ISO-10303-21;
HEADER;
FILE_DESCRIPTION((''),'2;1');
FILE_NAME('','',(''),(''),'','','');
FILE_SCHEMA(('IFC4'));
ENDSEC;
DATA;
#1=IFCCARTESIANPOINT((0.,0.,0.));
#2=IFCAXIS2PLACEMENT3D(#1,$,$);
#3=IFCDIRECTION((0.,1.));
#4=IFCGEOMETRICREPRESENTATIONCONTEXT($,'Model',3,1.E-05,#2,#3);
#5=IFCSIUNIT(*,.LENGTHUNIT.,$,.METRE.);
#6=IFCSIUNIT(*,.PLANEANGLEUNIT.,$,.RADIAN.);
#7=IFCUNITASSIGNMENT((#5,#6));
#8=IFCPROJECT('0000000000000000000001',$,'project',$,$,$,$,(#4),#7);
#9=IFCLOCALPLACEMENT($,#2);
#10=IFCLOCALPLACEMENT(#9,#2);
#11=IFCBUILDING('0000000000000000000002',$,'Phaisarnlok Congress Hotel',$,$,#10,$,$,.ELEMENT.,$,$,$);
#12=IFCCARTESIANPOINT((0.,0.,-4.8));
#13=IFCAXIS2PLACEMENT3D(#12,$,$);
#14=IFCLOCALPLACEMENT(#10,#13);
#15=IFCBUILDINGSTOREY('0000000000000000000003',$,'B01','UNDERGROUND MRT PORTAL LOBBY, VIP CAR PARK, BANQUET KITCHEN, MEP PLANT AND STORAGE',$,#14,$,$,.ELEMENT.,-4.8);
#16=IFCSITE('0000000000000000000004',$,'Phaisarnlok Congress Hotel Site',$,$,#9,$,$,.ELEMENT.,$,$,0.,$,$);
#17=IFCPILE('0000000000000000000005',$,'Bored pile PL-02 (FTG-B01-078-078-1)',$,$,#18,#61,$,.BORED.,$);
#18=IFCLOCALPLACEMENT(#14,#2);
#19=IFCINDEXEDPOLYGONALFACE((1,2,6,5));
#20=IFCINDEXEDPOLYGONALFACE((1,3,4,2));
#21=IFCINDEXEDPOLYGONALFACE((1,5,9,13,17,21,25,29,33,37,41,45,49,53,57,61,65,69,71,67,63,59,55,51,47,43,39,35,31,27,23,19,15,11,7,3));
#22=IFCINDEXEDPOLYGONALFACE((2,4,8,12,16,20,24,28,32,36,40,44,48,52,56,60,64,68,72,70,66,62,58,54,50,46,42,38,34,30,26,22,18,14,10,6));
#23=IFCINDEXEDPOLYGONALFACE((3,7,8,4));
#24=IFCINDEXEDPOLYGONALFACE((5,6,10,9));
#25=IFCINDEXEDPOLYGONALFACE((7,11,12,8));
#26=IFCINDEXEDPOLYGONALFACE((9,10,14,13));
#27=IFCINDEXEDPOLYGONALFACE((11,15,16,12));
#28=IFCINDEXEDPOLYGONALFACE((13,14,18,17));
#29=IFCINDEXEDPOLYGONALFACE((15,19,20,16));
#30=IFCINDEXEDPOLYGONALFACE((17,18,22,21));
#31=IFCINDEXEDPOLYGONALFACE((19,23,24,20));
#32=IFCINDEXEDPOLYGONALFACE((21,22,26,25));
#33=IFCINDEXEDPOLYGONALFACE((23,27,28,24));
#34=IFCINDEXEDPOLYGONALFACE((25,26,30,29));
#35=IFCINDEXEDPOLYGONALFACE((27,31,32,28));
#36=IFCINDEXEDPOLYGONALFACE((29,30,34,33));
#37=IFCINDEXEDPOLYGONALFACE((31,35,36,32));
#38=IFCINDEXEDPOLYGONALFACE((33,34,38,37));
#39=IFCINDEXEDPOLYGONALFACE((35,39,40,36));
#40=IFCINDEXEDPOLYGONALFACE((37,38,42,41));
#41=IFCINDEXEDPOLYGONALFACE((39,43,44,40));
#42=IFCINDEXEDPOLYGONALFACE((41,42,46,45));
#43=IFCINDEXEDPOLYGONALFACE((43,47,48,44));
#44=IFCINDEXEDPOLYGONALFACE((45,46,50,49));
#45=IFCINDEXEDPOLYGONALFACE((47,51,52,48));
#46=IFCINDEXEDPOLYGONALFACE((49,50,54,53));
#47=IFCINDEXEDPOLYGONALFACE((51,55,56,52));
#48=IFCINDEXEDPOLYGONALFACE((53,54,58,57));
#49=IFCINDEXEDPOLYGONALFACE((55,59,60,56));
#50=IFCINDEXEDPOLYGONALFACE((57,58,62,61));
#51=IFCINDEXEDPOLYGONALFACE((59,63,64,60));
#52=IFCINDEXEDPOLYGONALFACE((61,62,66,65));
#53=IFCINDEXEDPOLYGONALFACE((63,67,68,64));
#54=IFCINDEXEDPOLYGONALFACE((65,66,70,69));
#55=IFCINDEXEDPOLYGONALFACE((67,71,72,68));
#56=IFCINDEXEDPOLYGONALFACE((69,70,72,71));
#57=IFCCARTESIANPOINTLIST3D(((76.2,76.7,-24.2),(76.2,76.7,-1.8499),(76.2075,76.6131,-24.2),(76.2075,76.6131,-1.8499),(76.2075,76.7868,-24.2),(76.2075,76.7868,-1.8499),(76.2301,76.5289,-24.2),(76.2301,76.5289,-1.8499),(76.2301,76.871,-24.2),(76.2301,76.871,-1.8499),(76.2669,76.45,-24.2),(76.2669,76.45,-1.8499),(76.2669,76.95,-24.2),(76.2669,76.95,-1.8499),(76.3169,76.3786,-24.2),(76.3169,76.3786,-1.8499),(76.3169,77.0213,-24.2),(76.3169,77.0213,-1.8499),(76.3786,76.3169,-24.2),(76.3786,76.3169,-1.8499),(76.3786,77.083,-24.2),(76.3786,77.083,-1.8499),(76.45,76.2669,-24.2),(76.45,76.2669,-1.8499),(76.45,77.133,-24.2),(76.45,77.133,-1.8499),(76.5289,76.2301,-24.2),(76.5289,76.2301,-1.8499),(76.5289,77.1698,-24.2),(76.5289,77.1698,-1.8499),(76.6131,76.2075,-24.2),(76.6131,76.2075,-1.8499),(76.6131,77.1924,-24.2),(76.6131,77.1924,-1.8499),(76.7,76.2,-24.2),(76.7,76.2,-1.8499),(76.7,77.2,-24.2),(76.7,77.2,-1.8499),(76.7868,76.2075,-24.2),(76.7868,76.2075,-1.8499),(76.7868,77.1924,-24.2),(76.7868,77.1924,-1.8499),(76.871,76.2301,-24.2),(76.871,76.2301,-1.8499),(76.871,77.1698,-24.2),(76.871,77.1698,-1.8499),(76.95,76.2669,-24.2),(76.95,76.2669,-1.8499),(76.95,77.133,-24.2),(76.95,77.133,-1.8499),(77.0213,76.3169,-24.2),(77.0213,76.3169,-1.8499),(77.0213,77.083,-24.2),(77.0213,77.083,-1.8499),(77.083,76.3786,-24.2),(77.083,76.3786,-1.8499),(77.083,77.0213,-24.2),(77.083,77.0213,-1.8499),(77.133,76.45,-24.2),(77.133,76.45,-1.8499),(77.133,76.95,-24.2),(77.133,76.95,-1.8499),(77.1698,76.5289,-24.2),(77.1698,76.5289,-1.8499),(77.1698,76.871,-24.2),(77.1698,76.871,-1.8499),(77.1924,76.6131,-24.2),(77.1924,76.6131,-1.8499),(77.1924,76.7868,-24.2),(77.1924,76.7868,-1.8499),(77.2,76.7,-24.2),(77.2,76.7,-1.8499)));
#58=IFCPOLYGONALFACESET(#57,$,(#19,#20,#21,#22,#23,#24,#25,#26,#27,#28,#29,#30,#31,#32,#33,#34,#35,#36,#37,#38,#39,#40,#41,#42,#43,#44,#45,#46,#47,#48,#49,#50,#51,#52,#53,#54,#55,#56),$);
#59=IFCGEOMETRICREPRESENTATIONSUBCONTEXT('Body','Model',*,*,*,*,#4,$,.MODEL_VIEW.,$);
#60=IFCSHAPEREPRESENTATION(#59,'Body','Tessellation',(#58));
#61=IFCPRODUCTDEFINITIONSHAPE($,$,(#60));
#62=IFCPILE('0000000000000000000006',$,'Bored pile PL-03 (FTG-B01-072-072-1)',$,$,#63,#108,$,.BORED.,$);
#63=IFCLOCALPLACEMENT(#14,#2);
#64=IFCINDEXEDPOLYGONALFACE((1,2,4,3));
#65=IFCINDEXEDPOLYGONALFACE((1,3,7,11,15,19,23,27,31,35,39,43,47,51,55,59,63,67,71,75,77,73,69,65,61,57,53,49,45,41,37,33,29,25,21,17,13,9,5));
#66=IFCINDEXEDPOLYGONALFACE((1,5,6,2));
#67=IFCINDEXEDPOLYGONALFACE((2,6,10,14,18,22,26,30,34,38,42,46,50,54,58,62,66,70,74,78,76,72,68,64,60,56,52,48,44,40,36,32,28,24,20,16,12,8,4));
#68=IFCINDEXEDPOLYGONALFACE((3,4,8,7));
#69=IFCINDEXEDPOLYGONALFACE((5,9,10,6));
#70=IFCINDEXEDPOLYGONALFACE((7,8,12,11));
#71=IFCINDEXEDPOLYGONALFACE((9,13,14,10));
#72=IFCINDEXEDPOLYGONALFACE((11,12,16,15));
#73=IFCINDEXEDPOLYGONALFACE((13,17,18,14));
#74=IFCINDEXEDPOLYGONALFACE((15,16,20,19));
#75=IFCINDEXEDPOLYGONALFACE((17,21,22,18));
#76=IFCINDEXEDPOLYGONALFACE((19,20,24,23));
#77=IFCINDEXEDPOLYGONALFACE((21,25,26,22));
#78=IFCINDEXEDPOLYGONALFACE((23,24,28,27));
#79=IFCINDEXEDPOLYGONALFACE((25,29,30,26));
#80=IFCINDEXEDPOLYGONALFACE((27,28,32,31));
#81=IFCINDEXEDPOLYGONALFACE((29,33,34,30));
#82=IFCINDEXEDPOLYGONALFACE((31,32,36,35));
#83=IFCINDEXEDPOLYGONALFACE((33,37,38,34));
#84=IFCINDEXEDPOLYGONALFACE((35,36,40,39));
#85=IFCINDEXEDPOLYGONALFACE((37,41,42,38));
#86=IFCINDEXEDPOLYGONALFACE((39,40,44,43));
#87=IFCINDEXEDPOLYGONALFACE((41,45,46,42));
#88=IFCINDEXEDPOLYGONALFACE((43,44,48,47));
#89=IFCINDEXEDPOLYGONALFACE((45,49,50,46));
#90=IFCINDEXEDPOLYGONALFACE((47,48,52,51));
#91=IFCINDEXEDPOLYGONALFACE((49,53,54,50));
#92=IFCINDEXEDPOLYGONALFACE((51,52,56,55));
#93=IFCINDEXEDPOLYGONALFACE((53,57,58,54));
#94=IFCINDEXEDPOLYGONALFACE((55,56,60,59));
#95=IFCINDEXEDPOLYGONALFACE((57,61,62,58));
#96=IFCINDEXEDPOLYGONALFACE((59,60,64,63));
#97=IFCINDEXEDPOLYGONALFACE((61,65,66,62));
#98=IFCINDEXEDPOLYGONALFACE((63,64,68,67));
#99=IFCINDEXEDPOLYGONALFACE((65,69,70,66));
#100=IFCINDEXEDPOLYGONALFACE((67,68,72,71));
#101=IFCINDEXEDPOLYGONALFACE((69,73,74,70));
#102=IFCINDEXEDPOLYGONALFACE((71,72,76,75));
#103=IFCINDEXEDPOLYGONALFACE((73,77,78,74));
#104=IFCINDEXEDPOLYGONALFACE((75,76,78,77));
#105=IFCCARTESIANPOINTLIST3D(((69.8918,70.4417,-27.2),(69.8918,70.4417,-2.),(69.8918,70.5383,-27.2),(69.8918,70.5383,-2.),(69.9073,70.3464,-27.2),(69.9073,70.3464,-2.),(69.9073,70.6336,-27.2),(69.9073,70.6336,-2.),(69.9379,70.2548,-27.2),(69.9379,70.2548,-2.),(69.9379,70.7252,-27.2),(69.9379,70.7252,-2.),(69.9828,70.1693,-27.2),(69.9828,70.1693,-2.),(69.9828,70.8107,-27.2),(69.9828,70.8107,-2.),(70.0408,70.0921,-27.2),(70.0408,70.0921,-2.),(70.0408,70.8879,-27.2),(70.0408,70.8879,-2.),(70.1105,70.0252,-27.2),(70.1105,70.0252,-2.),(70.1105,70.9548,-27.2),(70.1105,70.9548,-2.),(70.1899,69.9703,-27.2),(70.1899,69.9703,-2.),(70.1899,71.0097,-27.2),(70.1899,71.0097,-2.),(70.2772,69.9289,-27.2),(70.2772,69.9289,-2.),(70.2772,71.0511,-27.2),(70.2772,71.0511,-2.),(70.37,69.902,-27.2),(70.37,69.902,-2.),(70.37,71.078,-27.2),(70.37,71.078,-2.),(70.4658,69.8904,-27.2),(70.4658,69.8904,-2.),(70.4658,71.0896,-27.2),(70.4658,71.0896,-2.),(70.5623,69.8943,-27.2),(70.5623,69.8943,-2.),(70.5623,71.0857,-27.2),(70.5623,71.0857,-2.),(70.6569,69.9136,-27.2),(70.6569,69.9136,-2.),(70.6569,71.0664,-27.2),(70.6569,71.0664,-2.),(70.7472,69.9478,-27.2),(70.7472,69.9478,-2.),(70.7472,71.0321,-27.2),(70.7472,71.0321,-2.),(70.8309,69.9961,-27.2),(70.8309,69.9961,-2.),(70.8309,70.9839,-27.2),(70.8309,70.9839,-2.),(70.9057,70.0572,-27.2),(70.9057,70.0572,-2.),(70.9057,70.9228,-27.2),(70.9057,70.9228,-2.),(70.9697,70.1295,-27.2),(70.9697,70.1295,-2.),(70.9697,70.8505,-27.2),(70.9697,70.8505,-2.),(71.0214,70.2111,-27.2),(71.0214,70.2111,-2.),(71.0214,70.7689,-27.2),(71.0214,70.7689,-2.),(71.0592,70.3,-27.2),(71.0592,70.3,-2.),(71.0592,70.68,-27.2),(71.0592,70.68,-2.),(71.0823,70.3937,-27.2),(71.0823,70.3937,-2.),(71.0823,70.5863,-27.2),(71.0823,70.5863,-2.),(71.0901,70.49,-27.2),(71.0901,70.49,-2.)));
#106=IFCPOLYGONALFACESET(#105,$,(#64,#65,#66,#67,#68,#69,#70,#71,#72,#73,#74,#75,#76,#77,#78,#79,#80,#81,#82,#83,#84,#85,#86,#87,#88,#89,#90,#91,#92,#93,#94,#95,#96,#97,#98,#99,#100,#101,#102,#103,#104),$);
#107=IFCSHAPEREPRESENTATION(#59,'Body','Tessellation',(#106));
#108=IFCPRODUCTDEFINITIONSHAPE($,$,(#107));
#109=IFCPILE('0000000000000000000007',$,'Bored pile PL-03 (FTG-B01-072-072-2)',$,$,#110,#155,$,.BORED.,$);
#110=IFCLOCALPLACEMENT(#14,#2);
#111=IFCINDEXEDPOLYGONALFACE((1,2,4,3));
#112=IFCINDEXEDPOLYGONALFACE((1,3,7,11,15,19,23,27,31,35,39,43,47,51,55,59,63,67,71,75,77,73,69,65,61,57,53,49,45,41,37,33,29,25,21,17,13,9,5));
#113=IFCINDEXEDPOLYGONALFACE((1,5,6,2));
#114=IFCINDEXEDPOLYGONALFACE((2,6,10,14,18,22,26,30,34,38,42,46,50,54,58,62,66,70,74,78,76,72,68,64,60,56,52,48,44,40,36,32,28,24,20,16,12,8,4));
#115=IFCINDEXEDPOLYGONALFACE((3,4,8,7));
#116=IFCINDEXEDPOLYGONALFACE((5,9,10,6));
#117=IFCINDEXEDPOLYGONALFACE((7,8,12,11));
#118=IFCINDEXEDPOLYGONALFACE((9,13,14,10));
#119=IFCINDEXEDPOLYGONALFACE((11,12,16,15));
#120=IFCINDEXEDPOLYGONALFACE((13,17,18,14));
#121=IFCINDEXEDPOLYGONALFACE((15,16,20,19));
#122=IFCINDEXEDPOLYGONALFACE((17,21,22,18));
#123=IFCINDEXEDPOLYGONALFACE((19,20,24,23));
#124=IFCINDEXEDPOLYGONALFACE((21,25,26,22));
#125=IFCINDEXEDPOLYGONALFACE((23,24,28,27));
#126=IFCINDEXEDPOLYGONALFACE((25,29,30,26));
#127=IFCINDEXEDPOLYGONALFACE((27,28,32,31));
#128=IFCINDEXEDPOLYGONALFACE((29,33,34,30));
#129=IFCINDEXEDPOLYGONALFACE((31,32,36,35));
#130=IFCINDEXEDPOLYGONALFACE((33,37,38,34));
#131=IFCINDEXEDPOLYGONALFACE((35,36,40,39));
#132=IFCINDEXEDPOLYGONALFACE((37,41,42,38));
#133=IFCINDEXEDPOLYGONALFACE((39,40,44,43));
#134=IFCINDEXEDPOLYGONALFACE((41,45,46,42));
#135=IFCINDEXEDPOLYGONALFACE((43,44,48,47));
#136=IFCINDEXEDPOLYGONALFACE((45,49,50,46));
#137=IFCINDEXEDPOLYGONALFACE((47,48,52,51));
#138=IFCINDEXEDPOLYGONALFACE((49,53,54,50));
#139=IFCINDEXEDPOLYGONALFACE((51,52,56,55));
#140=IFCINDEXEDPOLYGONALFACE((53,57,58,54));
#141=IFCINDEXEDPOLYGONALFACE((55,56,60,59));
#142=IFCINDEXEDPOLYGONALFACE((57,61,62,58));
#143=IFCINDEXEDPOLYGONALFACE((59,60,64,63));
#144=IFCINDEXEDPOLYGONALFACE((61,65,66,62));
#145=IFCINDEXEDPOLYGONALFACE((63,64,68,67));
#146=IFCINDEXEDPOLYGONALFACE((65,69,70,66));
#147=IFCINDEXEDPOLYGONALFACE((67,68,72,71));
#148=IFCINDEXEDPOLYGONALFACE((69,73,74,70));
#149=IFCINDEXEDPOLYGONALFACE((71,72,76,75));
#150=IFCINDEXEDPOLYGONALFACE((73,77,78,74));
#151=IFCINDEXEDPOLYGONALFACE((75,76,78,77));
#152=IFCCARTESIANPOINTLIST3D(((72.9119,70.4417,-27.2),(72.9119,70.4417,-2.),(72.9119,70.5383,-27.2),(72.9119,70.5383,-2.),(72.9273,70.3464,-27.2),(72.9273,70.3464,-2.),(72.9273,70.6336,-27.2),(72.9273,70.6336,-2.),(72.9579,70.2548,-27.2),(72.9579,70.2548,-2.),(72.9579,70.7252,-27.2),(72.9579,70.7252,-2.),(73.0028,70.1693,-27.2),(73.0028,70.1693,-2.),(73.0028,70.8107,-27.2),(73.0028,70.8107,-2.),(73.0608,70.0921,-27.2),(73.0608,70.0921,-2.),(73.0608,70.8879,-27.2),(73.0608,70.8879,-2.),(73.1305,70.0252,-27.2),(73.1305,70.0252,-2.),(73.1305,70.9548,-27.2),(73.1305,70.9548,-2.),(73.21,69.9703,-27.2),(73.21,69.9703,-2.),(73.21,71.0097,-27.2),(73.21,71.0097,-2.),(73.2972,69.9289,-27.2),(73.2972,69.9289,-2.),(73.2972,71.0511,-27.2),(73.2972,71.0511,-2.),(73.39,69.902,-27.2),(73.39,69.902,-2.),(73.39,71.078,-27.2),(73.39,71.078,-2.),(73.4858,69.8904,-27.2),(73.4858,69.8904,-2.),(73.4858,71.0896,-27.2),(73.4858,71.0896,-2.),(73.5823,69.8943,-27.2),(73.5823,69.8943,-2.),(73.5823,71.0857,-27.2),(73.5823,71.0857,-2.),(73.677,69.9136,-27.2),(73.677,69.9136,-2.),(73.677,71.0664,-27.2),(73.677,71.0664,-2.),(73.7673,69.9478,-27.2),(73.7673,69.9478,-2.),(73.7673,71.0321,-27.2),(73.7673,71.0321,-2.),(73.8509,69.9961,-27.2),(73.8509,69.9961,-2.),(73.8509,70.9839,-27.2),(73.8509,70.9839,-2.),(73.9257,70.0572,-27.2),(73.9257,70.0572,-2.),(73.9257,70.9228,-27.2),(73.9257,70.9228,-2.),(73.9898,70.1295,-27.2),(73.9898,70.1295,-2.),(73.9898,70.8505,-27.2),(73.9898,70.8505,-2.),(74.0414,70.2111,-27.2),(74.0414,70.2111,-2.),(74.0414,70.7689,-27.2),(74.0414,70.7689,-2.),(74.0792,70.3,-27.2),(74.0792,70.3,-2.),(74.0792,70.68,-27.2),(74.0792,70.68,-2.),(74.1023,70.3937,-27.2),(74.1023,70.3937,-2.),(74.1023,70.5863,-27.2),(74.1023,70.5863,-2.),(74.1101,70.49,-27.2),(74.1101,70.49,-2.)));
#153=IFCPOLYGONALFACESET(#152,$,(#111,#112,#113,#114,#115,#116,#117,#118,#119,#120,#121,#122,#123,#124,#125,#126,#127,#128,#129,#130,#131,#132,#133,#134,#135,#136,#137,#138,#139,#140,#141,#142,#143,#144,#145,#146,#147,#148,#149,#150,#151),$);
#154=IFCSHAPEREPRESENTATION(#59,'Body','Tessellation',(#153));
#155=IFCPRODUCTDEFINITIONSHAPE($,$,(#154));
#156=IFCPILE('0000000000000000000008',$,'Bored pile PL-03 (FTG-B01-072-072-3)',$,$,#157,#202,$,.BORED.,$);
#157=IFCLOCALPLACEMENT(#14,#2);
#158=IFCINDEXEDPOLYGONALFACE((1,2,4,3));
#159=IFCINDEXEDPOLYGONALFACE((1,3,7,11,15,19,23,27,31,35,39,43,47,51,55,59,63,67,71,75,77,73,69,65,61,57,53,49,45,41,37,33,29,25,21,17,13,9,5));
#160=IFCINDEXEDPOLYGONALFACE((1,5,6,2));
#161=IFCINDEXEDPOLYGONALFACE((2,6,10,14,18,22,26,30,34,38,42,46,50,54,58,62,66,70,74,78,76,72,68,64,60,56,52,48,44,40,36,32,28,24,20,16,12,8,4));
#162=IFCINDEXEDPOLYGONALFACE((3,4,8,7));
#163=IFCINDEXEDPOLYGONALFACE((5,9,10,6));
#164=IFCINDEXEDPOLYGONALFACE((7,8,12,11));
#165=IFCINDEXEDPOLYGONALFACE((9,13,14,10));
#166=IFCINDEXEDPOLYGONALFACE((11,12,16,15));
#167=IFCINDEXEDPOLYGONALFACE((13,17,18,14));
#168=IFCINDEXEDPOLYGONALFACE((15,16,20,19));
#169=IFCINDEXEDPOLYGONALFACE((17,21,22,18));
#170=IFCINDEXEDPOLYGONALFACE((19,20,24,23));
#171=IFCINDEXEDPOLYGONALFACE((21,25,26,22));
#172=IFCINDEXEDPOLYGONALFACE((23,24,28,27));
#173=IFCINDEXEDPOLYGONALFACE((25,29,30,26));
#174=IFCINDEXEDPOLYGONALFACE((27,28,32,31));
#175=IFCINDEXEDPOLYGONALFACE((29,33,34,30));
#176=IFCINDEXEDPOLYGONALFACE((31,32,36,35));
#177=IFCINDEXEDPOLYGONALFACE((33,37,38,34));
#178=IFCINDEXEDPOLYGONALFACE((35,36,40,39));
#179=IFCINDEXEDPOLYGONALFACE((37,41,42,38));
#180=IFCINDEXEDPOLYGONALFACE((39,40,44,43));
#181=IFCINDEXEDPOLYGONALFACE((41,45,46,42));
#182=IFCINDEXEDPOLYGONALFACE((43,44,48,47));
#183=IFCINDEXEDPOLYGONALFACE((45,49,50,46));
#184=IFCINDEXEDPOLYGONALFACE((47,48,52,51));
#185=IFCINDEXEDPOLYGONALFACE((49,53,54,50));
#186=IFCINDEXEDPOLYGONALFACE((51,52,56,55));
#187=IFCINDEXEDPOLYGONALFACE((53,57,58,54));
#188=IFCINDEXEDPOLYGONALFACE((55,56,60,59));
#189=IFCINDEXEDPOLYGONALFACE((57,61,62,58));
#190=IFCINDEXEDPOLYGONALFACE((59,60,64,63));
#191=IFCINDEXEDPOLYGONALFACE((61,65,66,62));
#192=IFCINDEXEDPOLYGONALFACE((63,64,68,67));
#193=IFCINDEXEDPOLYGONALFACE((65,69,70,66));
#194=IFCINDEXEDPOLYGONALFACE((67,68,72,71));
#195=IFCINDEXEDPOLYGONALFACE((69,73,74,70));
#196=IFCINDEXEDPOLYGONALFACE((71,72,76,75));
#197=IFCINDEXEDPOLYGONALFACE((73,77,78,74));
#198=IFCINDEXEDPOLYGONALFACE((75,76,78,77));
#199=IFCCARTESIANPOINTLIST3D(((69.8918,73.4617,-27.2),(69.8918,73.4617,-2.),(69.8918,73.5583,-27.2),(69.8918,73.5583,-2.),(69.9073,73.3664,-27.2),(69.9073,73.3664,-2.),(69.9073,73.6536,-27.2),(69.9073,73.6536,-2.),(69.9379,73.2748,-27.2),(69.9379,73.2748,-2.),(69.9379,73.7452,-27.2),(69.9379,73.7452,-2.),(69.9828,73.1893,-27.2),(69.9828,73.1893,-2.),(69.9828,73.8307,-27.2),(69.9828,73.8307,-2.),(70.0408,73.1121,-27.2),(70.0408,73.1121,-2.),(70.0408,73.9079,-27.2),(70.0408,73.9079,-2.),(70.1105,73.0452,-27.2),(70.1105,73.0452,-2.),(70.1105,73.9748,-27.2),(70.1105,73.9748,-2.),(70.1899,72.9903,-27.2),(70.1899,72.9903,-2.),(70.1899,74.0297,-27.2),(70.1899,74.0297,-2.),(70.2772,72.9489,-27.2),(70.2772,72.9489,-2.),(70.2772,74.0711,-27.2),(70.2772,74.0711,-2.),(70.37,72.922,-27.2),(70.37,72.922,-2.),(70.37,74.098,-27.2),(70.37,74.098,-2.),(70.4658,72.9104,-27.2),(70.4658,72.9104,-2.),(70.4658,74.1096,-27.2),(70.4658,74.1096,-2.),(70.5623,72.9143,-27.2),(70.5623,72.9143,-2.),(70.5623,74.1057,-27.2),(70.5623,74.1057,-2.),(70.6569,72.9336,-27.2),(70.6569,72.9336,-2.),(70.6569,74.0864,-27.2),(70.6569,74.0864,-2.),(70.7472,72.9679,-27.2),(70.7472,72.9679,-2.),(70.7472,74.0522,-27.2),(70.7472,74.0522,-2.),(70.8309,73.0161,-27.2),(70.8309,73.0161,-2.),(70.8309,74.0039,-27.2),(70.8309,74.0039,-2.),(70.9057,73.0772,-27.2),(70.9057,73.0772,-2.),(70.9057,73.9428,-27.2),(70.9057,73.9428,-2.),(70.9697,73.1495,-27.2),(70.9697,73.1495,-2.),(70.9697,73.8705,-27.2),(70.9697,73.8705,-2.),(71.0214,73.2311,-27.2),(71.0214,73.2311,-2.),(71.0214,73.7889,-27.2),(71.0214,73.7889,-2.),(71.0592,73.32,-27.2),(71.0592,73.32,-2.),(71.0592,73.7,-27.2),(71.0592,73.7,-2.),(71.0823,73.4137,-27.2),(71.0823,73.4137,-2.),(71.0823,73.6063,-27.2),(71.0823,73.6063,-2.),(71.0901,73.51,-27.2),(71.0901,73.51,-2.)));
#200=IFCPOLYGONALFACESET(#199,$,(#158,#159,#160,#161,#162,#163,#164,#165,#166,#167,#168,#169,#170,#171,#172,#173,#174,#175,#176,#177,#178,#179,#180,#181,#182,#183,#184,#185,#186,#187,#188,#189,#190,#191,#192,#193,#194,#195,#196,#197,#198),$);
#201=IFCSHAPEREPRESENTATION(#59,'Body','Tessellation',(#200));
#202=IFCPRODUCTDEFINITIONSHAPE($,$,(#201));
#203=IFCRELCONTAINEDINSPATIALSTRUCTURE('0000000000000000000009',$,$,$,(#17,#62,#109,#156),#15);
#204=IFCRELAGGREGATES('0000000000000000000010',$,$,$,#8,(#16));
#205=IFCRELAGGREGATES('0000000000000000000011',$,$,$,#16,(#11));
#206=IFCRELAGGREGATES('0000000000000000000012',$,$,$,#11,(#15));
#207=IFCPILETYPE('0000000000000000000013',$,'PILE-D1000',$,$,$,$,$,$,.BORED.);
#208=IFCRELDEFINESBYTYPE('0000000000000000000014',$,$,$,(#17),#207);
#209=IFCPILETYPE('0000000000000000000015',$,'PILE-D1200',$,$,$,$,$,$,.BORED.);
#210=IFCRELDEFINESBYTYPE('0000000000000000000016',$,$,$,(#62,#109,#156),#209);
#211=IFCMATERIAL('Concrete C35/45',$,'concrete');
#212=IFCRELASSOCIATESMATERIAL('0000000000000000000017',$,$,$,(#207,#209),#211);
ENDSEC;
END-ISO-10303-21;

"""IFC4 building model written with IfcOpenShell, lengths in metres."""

from ifc_helpers import new_model, si_unit, direction, frame, origin, origin_2d, place, context, subcontext, project, spatial, circle, extrude, material, material_profile, profile_set, type_object, element, save


model = new_model("IFC4")

# Units and contexts
model_context = context("Model", 3, precision=1e-05, world=origin(), true_north=direction((0.0, 1.0)))
body_context = subcontext(model_context, "Body", "Model", "MODEL_VIEW")
ifc_project = project(units=[si_unit("LENGTHUNIT", "METRE"), si_unit("PLANEANGLEUNIT", "RADIAN")], contexts=[model_context])

# Site, building, storey
site_placement = place(None, origin())
site = spatial("IfcSite", under=ifc_project, at=site_placement, Name="Phaisarnlok Congress Hotel Site", CompositionType="ELEMENT", RefElevation=0.0)
building_placement = place(site_placement, origin())
building = spatial("IfcBuilding", under=site, at=building_placement, Name="Phaisarnlok Congress Hotel", CompositionType="ELEMENT")
storey_placement = place(building_placement, frame((0.0, 0.0, -4.8)))
storey = spatial("IfcBuildingStorey", under=building, at=storey_placement, Name="B01", Description="UNDERGROUND MRT PORTAL LOBBY, VIP CAR PARK, BANQUET KITCHEN, MEP PLANT AND STORAGE", CompositionType="ELEMENT", Elevation=-4.8)

# Piles
ifc_material_1 = material(Name="Concrete C35/45", Category="concrete")
ifc_material_profile_1 = material_profile(ifc_material_1, circle(Radius=0.5, at=origin_2d()), Name="BORED PILE D1000")
ifc_profile_set_1 = profile_set([ifc_material_profile_1], Name="Concrete C35/45")
pile_type_1 = type_object("IfcPileType", Name="PILE-D1000", PredefinedType="BORED", material=ifc_profile_set_1)
for number, where, z_axis, x_axis, name in (
    (1, (76.7, 76.7, -1.8499), (0.0, 0.0, -1.0), (1.0, 0.0, 0.0), "Bored pile PL-02 (FTG-B01-078-078-1)"),
):
    element("IfcPile", number, at=place(storey_placement, frame(where, z_axis=z_axis, x_axis=x_axis)), inside=storey, type_object=pile_type_1, Name=name, PredefinedType="BORED", context=body_context, shape_type="SweptSolid", body=[
        extrude(circle(Radius=0.5, at=origin_2d()), origin(), (0.0, 0.0, 1.0), 22.3501),
    ])
ifc_material_profile_2 = material_profile(ifc_material_1, circle(Radius=0.6001, at=origin_2d()), Name="BORED PILE D1200")
ifc_profile_set_2 = profile_set([ifc_material_profile_2], Name="Concrete C35/45")
pile_type_2 = type_object("IfcPileType", Name="PILE-D1200", PredefinedType="BORED", material=ifc_profile_set_2)
for number, where, z_axis, x_axis, name in (
    (2, (70.49, 70.49, -2.0), (0.0, 0.0, -1.0), (1.0, 0.0, 0.0), "Bored pile PL-03 (FTG-B01-072-072-1)"),
    (3, (73.51, 70.49, -2.0), (0.0, 0.0, -1.0), (1.0, 0.0, 0.0), "Bored pile PL-03 (FTG-B01-072-072-2)"),
    (4, (70.49, 73.51, -2.0), (0.0, 0.0, -1.0), (1.0, 0.0, 0.0), "Bored pile PL-03 (FTG-B01-072-072-3)"),
):
    element("IfcPile", number, at=place(storey_placement, frame(where, z_axis=z_axis, x_axis=x_axis)), inside=storey, type_object=pile_type_2, Name=name, PredefinedType="BORED", context=body_context, shape_type="SweptSolid", body=[
        extrude(circle(Radius=0.6001, at=origin_2d()), origin(), (0.0, 0.0, 1.0), 25.2),
    ])

save(model, "model.ifc")
